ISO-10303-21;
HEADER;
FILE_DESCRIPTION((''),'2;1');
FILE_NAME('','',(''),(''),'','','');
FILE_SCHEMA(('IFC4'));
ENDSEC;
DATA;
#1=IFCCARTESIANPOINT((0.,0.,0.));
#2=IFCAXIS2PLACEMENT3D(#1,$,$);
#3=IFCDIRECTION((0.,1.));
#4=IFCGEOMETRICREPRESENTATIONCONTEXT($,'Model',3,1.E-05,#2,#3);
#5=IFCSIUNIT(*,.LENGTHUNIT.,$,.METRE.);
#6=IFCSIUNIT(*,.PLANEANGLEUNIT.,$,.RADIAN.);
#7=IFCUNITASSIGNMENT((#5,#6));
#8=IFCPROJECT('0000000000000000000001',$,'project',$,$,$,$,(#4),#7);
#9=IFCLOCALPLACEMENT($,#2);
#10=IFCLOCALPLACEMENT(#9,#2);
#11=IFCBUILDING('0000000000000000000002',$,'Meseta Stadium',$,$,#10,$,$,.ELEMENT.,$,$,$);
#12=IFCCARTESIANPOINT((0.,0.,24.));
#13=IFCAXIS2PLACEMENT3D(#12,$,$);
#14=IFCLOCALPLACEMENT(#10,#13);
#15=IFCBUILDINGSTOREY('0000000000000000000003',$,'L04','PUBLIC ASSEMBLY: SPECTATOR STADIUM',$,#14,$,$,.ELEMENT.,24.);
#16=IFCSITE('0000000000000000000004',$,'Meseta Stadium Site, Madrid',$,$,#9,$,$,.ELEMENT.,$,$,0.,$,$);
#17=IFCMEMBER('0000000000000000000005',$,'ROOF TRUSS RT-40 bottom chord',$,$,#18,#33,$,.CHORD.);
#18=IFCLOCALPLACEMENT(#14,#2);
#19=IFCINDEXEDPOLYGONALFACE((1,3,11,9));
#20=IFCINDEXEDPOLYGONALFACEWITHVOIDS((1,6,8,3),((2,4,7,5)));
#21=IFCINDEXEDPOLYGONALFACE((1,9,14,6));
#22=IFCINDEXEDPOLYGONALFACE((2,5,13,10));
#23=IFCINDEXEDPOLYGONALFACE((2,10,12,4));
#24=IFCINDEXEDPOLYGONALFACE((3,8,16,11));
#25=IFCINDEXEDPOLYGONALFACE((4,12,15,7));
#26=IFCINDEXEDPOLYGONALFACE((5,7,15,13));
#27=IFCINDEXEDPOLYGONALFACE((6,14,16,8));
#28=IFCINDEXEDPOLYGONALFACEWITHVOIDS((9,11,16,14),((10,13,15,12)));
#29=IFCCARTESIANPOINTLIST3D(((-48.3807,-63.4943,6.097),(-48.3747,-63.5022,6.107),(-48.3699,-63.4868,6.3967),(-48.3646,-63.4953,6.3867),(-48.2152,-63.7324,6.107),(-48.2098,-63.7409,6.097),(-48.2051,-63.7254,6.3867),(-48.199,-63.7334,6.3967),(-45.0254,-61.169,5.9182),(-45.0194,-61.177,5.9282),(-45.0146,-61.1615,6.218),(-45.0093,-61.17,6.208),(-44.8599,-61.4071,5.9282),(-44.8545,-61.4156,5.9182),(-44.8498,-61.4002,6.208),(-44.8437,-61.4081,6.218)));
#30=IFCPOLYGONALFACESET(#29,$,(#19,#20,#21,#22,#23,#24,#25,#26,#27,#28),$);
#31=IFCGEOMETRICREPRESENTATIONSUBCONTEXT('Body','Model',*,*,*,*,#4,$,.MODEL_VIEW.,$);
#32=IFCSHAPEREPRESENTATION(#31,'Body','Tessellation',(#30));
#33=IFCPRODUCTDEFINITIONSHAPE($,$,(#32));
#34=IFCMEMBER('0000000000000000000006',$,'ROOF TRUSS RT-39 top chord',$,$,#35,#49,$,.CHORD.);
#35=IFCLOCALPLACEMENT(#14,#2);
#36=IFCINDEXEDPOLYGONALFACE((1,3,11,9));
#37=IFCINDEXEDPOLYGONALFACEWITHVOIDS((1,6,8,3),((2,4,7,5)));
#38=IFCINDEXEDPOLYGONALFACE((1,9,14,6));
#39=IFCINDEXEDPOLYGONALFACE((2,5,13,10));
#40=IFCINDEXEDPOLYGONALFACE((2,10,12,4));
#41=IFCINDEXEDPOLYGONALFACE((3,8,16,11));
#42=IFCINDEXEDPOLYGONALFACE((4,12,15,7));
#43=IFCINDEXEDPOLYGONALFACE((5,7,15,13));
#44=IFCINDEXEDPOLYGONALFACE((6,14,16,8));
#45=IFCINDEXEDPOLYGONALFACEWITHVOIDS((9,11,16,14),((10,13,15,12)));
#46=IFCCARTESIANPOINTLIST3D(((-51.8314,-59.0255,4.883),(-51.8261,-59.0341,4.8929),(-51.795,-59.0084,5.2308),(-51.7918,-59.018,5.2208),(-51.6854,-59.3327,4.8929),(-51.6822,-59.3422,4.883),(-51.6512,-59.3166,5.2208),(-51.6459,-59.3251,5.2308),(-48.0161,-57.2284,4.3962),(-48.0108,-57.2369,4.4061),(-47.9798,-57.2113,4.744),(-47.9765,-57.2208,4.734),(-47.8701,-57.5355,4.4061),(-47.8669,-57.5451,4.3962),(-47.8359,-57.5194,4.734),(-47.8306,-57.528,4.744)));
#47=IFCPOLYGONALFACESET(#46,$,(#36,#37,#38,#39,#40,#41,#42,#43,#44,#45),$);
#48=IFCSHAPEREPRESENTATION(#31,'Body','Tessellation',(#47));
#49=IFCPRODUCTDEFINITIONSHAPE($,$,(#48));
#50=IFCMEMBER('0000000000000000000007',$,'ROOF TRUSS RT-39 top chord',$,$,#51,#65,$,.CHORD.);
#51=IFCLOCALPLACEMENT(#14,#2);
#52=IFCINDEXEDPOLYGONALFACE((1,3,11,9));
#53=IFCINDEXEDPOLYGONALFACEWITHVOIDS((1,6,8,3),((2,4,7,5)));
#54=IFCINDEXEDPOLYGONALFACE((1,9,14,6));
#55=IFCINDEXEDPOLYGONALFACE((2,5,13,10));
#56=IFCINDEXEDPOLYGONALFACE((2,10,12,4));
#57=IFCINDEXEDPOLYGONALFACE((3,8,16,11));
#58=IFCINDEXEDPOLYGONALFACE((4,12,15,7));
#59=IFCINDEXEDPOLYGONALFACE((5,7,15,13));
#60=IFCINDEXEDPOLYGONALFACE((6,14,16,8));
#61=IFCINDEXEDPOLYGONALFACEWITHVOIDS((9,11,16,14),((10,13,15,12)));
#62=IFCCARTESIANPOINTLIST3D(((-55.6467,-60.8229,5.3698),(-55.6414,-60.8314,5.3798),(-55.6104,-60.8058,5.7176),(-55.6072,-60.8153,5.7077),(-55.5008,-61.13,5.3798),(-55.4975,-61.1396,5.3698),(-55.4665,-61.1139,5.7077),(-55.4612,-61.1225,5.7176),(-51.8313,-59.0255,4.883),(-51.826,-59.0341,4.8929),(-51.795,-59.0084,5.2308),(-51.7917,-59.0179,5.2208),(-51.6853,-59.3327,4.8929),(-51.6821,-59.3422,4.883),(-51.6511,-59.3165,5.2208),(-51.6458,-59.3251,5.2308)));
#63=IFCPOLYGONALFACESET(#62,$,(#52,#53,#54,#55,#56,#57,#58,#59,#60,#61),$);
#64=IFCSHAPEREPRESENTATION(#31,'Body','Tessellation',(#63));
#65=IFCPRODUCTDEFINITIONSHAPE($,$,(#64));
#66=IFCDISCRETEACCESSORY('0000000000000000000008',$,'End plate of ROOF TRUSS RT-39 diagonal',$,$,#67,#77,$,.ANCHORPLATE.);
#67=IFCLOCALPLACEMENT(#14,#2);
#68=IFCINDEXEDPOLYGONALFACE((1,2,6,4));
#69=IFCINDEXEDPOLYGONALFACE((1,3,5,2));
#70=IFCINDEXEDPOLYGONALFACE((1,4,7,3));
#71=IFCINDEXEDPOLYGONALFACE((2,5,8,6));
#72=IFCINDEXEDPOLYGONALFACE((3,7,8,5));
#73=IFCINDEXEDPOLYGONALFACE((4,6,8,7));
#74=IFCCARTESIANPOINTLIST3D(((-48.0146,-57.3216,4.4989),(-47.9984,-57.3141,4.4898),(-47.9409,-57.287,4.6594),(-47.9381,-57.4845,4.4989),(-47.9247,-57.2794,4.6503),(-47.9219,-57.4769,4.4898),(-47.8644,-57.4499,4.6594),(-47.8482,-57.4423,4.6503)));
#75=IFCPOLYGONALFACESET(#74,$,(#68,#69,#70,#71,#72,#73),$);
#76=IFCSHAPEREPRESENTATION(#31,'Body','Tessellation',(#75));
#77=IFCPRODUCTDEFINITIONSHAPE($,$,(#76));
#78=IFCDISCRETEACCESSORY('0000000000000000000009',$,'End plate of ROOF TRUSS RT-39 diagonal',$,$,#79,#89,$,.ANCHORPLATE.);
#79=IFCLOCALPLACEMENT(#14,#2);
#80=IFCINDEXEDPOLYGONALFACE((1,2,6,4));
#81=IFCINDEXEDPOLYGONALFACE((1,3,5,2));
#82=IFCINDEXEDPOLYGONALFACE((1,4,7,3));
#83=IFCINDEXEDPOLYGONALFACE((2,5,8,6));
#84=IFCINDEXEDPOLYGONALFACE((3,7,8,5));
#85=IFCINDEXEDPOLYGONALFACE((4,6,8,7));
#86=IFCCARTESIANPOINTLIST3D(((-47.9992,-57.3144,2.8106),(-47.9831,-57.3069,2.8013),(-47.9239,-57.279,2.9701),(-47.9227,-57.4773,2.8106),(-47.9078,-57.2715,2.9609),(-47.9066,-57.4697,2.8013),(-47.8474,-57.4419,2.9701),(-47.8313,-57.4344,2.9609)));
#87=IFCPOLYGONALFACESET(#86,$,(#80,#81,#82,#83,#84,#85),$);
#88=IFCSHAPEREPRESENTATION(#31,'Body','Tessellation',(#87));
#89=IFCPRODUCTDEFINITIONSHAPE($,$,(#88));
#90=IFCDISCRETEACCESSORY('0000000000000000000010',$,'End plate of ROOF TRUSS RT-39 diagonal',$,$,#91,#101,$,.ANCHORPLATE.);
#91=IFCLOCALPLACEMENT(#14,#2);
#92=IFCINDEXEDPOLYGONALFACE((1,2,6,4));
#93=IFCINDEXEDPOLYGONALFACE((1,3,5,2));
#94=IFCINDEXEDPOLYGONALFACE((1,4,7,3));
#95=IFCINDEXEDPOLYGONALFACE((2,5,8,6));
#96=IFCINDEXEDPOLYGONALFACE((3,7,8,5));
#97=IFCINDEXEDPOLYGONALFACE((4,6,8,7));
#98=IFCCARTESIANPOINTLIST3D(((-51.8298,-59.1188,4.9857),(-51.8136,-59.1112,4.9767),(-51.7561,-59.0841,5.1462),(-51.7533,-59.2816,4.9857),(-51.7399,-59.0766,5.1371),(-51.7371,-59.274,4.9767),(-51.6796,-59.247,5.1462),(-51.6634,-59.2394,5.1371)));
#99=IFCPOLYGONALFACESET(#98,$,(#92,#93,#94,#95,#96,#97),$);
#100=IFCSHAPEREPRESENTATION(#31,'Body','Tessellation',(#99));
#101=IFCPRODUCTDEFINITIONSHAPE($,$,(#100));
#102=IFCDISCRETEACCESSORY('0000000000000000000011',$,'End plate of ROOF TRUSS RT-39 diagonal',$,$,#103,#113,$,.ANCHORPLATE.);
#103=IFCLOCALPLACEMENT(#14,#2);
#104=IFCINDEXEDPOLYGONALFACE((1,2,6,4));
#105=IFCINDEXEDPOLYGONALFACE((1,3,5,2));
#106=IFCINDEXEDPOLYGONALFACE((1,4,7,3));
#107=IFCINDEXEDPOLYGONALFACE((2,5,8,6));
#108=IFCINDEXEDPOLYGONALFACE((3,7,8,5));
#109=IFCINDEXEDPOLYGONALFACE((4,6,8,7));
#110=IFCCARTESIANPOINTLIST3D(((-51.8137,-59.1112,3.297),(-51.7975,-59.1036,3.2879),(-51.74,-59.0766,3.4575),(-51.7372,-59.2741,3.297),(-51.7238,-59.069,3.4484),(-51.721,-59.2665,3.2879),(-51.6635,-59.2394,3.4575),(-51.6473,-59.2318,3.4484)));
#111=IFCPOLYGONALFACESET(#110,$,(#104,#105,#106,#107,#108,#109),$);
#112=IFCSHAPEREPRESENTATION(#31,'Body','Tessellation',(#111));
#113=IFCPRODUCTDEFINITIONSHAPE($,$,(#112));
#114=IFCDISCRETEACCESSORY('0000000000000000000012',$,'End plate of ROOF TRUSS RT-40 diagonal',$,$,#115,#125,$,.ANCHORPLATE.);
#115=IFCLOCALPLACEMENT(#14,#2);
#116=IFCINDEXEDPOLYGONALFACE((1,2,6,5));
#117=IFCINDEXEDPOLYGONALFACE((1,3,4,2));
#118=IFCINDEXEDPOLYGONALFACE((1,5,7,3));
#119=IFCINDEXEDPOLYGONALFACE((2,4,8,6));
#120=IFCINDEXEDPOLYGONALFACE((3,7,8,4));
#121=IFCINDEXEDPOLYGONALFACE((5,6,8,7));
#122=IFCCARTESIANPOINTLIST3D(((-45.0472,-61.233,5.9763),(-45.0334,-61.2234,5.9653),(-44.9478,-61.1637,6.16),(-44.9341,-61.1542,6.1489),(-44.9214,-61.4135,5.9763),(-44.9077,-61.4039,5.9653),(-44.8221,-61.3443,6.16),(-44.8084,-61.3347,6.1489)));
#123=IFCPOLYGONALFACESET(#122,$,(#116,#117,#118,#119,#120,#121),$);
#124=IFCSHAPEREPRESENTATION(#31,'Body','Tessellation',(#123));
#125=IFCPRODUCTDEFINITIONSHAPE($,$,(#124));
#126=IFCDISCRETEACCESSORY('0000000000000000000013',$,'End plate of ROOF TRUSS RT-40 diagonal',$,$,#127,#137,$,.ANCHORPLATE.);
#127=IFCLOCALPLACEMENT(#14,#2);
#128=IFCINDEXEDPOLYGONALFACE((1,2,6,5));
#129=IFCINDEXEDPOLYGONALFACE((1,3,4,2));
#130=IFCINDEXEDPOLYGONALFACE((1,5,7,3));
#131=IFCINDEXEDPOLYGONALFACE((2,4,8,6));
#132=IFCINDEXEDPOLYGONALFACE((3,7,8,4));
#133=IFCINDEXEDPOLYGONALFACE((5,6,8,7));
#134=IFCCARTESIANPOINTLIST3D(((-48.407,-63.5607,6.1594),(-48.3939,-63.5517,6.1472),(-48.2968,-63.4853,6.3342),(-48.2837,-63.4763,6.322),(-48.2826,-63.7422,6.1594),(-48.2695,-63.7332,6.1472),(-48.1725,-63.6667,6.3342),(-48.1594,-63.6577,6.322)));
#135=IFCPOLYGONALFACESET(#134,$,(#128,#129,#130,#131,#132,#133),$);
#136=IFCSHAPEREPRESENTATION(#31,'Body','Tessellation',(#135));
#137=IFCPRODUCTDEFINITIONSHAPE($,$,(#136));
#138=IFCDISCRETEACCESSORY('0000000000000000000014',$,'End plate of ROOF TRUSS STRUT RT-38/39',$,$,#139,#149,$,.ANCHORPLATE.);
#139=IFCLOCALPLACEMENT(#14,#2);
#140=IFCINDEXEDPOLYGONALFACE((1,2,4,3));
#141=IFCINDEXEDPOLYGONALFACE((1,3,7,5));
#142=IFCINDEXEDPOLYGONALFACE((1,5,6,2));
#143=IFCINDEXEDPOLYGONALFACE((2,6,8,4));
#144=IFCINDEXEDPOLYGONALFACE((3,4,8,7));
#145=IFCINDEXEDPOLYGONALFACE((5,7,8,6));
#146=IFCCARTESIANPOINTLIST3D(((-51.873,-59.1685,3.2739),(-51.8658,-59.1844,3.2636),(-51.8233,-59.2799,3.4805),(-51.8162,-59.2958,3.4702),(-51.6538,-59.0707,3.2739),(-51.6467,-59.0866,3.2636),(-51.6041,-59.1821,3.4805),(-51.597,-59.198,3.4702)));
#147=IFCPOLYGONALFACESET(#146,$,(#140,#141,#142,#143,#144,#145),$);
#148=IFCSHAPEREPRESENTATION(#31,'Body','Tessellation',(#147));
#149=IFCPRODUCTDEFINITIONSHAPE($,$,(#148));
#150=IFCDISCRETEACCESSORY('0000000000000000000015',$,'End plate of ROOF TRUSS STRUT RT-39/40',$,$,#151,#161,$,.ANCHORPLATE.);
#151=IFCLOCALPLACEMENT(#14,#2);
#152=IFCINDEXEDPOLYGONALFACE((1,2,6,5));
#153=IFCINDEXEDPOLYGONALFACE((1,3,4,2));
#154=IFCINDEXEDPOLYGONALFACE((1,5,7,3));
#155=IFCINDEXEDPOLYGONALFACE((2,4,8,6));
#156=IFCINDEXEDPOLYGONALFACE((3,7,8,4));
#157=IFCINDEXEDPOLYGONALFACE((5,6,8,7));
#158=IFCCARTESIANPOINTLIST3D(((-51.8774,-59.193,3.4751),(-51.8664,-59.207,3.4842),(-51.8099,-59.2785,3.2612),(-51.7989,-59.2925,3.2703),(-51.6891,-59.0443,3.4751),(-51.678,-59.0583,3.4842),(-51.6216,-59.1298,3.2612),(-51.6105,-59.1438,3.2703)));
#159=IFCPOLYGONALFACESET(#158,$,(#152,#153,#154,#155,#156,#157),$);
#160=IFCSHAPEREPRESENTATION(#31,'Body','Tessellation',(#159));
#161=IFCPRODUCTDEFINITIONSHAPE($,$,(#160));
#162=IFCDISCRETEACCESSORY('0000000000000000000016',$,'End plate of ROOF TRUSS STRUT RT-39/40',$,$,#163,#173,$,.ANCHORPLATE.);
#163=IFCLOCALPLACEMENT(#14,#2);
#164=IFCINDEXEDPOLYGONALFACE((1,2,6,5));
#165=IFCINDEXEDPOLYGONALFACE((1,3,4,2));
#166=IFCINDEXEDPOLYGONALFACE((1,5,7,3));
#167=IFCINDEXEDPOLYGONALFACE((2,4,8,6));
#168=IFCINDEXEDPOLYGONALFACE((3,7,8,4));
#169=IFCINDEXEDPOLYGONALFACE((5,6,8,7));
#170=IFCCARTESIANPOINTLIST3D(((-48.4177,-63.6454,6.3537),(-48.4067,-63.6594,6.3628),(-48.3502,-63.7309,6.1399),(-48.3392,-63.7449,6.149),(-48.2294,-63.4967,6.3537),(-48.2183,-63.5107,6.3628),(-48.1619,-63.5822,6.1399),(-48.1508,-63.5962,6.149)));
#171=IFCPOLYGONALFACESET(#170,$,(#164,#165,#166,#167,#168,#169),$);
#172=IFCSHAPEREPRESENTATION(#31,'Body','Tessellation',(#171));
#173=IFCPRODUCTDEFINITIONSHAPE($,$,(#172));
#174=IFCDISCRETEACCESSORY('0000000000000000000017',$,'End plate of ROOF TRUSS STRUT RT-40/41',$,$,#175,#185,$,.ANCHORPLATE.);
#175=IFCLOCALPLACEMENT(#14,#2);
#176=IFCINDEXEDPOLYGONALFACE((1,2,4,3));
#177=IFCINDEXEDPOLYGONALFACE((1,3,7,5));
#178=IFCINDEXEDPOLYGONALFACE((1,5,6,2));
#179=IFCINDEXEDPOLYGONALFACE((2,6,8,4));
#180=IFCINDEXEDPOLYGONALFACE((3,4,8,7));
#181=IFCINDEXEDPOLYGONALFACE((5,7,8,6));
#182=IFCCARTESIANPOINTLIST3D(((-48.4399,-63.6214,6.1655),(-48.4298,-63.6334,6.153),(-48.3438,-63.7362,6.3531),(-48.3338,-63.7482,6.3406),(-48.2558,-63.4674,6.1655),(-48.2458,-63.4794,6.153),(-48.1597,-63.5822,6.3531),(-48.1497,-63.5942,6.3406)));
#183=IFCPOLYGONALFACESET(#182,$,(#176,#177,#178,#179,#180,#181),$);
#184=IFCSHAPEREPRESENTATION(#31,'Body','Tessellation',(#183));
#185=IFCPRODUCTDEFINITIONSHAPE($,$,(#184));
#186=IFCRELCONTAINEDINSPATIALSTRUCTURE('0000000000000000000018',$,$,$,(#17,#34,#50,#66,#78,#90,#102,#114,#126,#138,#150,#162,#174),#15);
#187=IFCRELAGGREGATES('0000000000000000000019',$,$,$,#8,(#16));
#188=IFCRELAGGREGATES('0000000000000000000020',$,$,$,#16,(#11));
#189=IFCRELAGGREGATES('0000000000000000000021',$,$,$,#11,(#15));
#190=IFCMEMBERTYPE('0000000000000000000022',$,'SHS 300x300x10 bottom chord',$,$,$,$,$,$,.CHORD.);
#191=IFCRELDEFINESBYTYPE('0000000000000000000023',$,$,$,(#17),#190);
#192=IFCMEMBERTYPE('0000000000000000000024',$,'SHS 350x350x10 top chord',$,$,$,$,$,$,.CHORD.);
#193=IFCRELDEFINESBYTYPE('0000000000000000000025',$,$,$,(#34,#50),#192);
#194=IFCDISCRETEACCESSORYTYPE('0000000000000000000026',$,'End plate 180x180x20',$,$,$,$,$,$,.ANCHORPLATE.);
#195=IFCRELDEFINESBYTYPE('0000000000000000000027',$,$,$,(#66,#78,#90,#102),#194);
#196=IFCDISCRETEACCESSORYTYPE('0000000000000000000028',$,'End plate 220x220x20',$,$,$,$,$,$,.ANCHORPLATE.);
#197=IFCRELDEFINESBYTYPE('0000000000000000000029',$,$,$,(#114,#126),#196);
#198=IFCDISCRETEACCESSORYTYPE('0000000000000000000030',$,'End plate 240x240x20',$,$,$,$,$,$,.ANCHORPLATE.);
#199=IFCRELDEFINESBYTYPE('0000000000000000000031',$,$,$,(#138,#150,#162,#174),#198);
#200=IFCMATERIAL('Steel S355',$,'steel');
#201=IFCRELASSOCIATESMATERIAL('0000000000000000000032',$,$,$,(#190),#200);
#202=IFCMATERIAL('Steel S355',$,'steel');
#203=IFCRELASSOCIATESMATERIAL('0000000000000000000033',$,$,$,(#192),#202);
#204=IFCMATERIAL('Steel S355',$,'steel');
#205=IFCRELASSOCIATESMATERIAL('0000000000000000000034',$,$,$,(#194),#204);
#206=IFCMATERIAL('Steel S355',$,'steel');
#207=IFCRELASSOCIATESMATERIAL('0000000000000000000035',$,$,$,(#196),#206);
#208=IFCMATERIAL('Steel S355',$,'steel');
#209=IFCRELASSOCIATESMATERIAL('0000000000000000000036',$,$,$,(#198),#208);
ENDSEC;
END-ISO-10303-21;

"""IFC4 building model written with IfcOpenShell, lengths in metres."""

from ifc_helpers import new_model, si_unit, direction, frame, origin, origin_2d, place, context, subcontext, project, spatial, rectangle, hollow_rectangle, extrude, material, material_profile, profile_set, type_object, element, save


model = new_model("IFC4")

# Units and contexts
model_context = context("Model", 3, precision=1e-05, world=origin(), true_north=direction((0.0, 1.0)))
body_context = subcontext(model_context, "Body", "Model", "MODEL_VIEW")
ifc_project = project(units=[si_unit("LENGTHUNIT", "METRE"), si_unit("PLANEANGLEUNIT", "RADIAN")], contexts=[model_context])

# Site, building, storey
site_placement = place(None, origin())
site = spatial("IfcSite", under=ifc_project, at=site_placement, Name="Meseta Stadium Site, Madrid", CompositionType="ELEMENT", RefElevation=0.0)
building_placement = place(site_placement, origin())
building = spatial("IfcBuilding", under=site, at=building_placement, Name="Meseta Stadium", CompositionType="ELEMENT")
storey_placement = place(building_placement, frame((0.0, 0.0, 24.0)))
storey = spatial("IfcBuildingStorey", under=building, at=storey_placement, Name="L04", Description="PUBLIC ASSEMBLY: SPECTATOR STADIUM", CompositionType="ELEMENT", Elevation=24.0)

# Members
ifc_material_1 = material(Name="Steel S355", Category="steel")
ifc_material_profile_1 = material_profile(ifc_material_1, hollow_rectangle(XDim=0.3, YDim=0.3, WallThickness=0.01, at=origin_2d()), Name="SHS 300x300x10")
ifc_profile_set_1 = profile_set([ifc_material_profile_1], Name="Steel S355")
member_type_1 = type_object("IfcMemberType", Name="SHS 300x300x10 bottom chord", PredefinedType="CHORD", material=ifc_profile_set_1)
member_1_placement = place(storey_placement, frame((-44.9346, -61.2886, 6.0681), z_axis=(-0.821136, -0.569054, 0.043737), x_axis=(0.569599, -0.821923, 0.0)))
element("IfcMember", 1, at=member_1_placement, inside=storey, type_object=member_type_1, Name="ROOF TRUSS RT-40 bottom chord", PredefinedType="CHORD", context=body_context, shape_type="SweptSolid", body=[
    extrude(hollow_rectangle(XDim=0.3, YDim=0.3, WallThickness=0.01, at=origin_2d()), origin(), (0.0, 0.0, 1.0), 4.0862),
])
ifc_material_2 = material(Name="Steel S355", Category="steel")
ifc_material_profile_2 = material_profile(ifc_material_2, hollow_rectangle(XDim=0.3501, YDim=0.3501, WallThickness=0.01, at=origin_2d()), Name="SHS 350x350x10")
ifc_profile_set_2 = profile_set([ifc_material_profile_2], Name="Steel S355")
member_type_2 = type_object("IfcMemberType", Name="SHS 350x350x10 top chord", PredefinedType="CHORD", material=ifc_profile_set_2)
member_2_placement = place(storey_placement, frame((-47.9233, -57.3782, 4.5701), z_axis=(-0.898692, -0.423323, 0.114673), x_axis=(0.426134, -0.90466, 0.0)))
element("IfcMember", 2, at=member_2_placement, inside=storey, type_object=member_type_2, Name="ROOF TRUSS RT-39 top chord", PredefinedType="CHORD", context=body_context, shape_type="SweptSolid", body=[
    extrude(hollow_rectangle(XDim=0.3501, YDim=0.3501, WallThickness=0.01, at=origin_2d()), origin(), (0.0, 0.0, 1.0), 4.2454),
])
member_3_placement = place(storey_placement, frame((-51.7385, -59.1753, 5.0569), z_axis=(-0.898681, -0.423349, 0.114664), x_axis=(0.426159, -0.904648, 0.0)))
element("IfcMember", 3, at=member_3_placement, inside=storey, type_object=member_type_2, Name="ROOF TRUSS RT-39 top chord", PredefinedType="CHORD", context=body_context, shape_type="SweptSolid", body=[
    extrude(hollow_rectangle(XDim=0.3501, YDim=0.3501, WallThickness=0.01, at=origin_2d()), origin(), (0.0, 0.0, 1.0), 4.2456),
])

# Discrete accessories
ifc_material_3 = material(Name="Steel S355", Category="steel")
ifc_material_profile_3 = material_profile(ifc_material_3, rectangle(XDim=0.1799, YDim=0.1799, at=origin_2d()), Name="PL 180x180")
ifc_profile_set_3 = profile_set([ifc_material_profile_3], Name="Steel S355")
discrete_accessory_type_1 = type_object("IfcDiscreteAccessoryType", Name="End plate 180x180x20", PredefinedType="ANCHORPLATE", material=ifc_profile_set_3)
for number, where, z_axis, x_axis, name in (
    (4, (-47.9233, -57.3782, 4.5701), (-0.807162, -0.379122, 0.4525), (0.425136, -0.905129, 0.0), "End plate of ROOF TRUSS RT-39 diagonal"),
    (5, (-47.9072, -57.3706, 2.8811), (-0.802673, -0.377013, 0.462145), (0.425136, -0.905129, 0.0), "End plate of ROOF TRUSS RT-39 diagonal"),
    (6, (-51.7385, -59.1753, 5.0569), (-0.807162, -0.379122, 0.4525), (0.425136, -0.905129, 0.0), "End plate of ROOF TRUSS RT-39 diagonal"),
    (7, (-51.7224, -59.1677, 3.3682), (-0.807162, -0.379122, 0.4525), (0.425136, -0.905129, 0.0), "End plate of ROOF TRUSS RT-39 diagonal"),
):
    element("IfcDiscreteAccessory", number, at=place(storey_placement, frame(where, z_axis=z_axis, x_axis=x_axis)), inside=storey, type_object=discrete_accessory_type_1, Name=name, PredefinedType="ANCHORPLATE", context=body_context, shape_type="SweptSolid", body=[
        extrude(rectangle(XDim=0.1799, YDim=0.1799, at=origin_2d()), origin(), (0.0, 0.0, 1.0), 0.02),
    ])
ifc_material_4 = material(Name="Steel S355", Category="steel")
ifc_material_profile_4 = material_profile(ifc_material_4, rectangle(XDim=0.22, YDim=0.22, at=origin_2d()), Name="PL 220x220")
ifc_profile_set_4 = profile_set([ifc_material_profile_4], Name="Steel S355")
discrete_accessory_type_2 = type_object("IfcDiscreteAccessoryType", Name="End plate 220x220x20", PredefinedType="ANCHORPLATE", material=ifc_profile_set_4)
for number, where, z_axis, x_axis, name in (
    (8, (-44.9209, -61.2791, 6.0571), (-0.68507, -0.477102, 0.550502), (0.571494, -0.820606, 0.0), "End plate of ROOF TRUSS RT-40 diagonal"),
    (9, (-48.2766, -63.6047, 6.2346), (-0.65557, -0.449187, 0.607009), (0.565231, -0.824932, 0.0), "End plate of ROOF TRUSS RT-40 diagonal"),
):
    element("IfcDiscreteAccessory", number, at=place(storey_placement, frame(where, z_axis=z_axis, x_axis=x_axis)), inside=storey, type_object=discrete_accessory_type_2, Name=name, PredefinedType="ANCHORPLATE", context=body_context, shape_type="SweptSolid", body=[
        extrude(rectangle(XDim=0.22, YDim=0.22, at=origin_2d()), origin(), (0.0, 0.0, 1.0), 0.02),
    ])
ifc_material_5 = material(Name="Steel S355", Category="steel")
ifc_material_profile_5 = material_profile(ifc_material_5, rectangle(XDim=0.24, YDim=0.24, at=origin_2d()), Name="PL 240x240")
ifc_profile_set_5 = profile_set([ifc_material_profile_5], Name="Steel S355")
discrete_accessory_type_3 = type_object("IfcDiscreteAccessoryType", Name="End plate 240x240x20", PredefinedType="ANCHORPLATE", material=ifc_profile_set_5)
discrete_accessory_1_placement = place(storey_placement, frame((-51.7385, -59.1753, 3.3772), z_axis=(0.350903, -0.786508, -0.508205), x_axis=(0.913231, 0.407442, 0.0)))
element("IfcDiscreteAccessory", 10, at=discrete_accessory_1_placement, inside=storey, type_object=discrete_accessory_type_3, Name="End plate of ROOF TRUSS STRUT RT-38/39", PredefinedType="ANCHORPLATE", context=body_context, shape_type="SweptSolid", body=[
    extrude(rectangle(XDim=0.24, YDim=0.24, at=origin_2d()), origin(), (0.0, 0.0, 1.0), 0.0203),
])
for number, where, z_axis, x_axis, name in (
    (11, (-51.7495, -59.1614, 3.3682), (0.552116, -0.699347, 0.453962), (0.784883, 0.619644, 0.0), "End plate of ROOF TRUSS STRUT RT-39/40"),
    (12, (-48.2898, -63.6138, 6.2468), (0.552116, -0.699347, 0.453962), (0.784883, 0.619644, 0.0), "End plate of ROOF TRUSS STRUT RT-39/40"),
    (13, (-48.2998, -63.6018, 6.2593), (0.501531, -0.599391, -0.623856), (0.766937, 0.641723, 0.0), "End plate of ROOF TRUSS STRUT RT-40/41"),
):
    element("IfcDiscreteAccessory", number, at=place(storey_placement, frame(where, z_axis=z_axis, x_axis=x_axis)), inside=storey, type_object=discrete_accessory_type_3, Name=name, PredefinedType="ANCHORPLATE", context=body_context, shape_type="SweptSolid", body=[
        extrude(rectangle(XDim=0.24, YDim=0.24, at=origin_2d()), origin(), (0.0, 0.0, 1.0), 0.02),
    ])

save(model, "model.ifc")
